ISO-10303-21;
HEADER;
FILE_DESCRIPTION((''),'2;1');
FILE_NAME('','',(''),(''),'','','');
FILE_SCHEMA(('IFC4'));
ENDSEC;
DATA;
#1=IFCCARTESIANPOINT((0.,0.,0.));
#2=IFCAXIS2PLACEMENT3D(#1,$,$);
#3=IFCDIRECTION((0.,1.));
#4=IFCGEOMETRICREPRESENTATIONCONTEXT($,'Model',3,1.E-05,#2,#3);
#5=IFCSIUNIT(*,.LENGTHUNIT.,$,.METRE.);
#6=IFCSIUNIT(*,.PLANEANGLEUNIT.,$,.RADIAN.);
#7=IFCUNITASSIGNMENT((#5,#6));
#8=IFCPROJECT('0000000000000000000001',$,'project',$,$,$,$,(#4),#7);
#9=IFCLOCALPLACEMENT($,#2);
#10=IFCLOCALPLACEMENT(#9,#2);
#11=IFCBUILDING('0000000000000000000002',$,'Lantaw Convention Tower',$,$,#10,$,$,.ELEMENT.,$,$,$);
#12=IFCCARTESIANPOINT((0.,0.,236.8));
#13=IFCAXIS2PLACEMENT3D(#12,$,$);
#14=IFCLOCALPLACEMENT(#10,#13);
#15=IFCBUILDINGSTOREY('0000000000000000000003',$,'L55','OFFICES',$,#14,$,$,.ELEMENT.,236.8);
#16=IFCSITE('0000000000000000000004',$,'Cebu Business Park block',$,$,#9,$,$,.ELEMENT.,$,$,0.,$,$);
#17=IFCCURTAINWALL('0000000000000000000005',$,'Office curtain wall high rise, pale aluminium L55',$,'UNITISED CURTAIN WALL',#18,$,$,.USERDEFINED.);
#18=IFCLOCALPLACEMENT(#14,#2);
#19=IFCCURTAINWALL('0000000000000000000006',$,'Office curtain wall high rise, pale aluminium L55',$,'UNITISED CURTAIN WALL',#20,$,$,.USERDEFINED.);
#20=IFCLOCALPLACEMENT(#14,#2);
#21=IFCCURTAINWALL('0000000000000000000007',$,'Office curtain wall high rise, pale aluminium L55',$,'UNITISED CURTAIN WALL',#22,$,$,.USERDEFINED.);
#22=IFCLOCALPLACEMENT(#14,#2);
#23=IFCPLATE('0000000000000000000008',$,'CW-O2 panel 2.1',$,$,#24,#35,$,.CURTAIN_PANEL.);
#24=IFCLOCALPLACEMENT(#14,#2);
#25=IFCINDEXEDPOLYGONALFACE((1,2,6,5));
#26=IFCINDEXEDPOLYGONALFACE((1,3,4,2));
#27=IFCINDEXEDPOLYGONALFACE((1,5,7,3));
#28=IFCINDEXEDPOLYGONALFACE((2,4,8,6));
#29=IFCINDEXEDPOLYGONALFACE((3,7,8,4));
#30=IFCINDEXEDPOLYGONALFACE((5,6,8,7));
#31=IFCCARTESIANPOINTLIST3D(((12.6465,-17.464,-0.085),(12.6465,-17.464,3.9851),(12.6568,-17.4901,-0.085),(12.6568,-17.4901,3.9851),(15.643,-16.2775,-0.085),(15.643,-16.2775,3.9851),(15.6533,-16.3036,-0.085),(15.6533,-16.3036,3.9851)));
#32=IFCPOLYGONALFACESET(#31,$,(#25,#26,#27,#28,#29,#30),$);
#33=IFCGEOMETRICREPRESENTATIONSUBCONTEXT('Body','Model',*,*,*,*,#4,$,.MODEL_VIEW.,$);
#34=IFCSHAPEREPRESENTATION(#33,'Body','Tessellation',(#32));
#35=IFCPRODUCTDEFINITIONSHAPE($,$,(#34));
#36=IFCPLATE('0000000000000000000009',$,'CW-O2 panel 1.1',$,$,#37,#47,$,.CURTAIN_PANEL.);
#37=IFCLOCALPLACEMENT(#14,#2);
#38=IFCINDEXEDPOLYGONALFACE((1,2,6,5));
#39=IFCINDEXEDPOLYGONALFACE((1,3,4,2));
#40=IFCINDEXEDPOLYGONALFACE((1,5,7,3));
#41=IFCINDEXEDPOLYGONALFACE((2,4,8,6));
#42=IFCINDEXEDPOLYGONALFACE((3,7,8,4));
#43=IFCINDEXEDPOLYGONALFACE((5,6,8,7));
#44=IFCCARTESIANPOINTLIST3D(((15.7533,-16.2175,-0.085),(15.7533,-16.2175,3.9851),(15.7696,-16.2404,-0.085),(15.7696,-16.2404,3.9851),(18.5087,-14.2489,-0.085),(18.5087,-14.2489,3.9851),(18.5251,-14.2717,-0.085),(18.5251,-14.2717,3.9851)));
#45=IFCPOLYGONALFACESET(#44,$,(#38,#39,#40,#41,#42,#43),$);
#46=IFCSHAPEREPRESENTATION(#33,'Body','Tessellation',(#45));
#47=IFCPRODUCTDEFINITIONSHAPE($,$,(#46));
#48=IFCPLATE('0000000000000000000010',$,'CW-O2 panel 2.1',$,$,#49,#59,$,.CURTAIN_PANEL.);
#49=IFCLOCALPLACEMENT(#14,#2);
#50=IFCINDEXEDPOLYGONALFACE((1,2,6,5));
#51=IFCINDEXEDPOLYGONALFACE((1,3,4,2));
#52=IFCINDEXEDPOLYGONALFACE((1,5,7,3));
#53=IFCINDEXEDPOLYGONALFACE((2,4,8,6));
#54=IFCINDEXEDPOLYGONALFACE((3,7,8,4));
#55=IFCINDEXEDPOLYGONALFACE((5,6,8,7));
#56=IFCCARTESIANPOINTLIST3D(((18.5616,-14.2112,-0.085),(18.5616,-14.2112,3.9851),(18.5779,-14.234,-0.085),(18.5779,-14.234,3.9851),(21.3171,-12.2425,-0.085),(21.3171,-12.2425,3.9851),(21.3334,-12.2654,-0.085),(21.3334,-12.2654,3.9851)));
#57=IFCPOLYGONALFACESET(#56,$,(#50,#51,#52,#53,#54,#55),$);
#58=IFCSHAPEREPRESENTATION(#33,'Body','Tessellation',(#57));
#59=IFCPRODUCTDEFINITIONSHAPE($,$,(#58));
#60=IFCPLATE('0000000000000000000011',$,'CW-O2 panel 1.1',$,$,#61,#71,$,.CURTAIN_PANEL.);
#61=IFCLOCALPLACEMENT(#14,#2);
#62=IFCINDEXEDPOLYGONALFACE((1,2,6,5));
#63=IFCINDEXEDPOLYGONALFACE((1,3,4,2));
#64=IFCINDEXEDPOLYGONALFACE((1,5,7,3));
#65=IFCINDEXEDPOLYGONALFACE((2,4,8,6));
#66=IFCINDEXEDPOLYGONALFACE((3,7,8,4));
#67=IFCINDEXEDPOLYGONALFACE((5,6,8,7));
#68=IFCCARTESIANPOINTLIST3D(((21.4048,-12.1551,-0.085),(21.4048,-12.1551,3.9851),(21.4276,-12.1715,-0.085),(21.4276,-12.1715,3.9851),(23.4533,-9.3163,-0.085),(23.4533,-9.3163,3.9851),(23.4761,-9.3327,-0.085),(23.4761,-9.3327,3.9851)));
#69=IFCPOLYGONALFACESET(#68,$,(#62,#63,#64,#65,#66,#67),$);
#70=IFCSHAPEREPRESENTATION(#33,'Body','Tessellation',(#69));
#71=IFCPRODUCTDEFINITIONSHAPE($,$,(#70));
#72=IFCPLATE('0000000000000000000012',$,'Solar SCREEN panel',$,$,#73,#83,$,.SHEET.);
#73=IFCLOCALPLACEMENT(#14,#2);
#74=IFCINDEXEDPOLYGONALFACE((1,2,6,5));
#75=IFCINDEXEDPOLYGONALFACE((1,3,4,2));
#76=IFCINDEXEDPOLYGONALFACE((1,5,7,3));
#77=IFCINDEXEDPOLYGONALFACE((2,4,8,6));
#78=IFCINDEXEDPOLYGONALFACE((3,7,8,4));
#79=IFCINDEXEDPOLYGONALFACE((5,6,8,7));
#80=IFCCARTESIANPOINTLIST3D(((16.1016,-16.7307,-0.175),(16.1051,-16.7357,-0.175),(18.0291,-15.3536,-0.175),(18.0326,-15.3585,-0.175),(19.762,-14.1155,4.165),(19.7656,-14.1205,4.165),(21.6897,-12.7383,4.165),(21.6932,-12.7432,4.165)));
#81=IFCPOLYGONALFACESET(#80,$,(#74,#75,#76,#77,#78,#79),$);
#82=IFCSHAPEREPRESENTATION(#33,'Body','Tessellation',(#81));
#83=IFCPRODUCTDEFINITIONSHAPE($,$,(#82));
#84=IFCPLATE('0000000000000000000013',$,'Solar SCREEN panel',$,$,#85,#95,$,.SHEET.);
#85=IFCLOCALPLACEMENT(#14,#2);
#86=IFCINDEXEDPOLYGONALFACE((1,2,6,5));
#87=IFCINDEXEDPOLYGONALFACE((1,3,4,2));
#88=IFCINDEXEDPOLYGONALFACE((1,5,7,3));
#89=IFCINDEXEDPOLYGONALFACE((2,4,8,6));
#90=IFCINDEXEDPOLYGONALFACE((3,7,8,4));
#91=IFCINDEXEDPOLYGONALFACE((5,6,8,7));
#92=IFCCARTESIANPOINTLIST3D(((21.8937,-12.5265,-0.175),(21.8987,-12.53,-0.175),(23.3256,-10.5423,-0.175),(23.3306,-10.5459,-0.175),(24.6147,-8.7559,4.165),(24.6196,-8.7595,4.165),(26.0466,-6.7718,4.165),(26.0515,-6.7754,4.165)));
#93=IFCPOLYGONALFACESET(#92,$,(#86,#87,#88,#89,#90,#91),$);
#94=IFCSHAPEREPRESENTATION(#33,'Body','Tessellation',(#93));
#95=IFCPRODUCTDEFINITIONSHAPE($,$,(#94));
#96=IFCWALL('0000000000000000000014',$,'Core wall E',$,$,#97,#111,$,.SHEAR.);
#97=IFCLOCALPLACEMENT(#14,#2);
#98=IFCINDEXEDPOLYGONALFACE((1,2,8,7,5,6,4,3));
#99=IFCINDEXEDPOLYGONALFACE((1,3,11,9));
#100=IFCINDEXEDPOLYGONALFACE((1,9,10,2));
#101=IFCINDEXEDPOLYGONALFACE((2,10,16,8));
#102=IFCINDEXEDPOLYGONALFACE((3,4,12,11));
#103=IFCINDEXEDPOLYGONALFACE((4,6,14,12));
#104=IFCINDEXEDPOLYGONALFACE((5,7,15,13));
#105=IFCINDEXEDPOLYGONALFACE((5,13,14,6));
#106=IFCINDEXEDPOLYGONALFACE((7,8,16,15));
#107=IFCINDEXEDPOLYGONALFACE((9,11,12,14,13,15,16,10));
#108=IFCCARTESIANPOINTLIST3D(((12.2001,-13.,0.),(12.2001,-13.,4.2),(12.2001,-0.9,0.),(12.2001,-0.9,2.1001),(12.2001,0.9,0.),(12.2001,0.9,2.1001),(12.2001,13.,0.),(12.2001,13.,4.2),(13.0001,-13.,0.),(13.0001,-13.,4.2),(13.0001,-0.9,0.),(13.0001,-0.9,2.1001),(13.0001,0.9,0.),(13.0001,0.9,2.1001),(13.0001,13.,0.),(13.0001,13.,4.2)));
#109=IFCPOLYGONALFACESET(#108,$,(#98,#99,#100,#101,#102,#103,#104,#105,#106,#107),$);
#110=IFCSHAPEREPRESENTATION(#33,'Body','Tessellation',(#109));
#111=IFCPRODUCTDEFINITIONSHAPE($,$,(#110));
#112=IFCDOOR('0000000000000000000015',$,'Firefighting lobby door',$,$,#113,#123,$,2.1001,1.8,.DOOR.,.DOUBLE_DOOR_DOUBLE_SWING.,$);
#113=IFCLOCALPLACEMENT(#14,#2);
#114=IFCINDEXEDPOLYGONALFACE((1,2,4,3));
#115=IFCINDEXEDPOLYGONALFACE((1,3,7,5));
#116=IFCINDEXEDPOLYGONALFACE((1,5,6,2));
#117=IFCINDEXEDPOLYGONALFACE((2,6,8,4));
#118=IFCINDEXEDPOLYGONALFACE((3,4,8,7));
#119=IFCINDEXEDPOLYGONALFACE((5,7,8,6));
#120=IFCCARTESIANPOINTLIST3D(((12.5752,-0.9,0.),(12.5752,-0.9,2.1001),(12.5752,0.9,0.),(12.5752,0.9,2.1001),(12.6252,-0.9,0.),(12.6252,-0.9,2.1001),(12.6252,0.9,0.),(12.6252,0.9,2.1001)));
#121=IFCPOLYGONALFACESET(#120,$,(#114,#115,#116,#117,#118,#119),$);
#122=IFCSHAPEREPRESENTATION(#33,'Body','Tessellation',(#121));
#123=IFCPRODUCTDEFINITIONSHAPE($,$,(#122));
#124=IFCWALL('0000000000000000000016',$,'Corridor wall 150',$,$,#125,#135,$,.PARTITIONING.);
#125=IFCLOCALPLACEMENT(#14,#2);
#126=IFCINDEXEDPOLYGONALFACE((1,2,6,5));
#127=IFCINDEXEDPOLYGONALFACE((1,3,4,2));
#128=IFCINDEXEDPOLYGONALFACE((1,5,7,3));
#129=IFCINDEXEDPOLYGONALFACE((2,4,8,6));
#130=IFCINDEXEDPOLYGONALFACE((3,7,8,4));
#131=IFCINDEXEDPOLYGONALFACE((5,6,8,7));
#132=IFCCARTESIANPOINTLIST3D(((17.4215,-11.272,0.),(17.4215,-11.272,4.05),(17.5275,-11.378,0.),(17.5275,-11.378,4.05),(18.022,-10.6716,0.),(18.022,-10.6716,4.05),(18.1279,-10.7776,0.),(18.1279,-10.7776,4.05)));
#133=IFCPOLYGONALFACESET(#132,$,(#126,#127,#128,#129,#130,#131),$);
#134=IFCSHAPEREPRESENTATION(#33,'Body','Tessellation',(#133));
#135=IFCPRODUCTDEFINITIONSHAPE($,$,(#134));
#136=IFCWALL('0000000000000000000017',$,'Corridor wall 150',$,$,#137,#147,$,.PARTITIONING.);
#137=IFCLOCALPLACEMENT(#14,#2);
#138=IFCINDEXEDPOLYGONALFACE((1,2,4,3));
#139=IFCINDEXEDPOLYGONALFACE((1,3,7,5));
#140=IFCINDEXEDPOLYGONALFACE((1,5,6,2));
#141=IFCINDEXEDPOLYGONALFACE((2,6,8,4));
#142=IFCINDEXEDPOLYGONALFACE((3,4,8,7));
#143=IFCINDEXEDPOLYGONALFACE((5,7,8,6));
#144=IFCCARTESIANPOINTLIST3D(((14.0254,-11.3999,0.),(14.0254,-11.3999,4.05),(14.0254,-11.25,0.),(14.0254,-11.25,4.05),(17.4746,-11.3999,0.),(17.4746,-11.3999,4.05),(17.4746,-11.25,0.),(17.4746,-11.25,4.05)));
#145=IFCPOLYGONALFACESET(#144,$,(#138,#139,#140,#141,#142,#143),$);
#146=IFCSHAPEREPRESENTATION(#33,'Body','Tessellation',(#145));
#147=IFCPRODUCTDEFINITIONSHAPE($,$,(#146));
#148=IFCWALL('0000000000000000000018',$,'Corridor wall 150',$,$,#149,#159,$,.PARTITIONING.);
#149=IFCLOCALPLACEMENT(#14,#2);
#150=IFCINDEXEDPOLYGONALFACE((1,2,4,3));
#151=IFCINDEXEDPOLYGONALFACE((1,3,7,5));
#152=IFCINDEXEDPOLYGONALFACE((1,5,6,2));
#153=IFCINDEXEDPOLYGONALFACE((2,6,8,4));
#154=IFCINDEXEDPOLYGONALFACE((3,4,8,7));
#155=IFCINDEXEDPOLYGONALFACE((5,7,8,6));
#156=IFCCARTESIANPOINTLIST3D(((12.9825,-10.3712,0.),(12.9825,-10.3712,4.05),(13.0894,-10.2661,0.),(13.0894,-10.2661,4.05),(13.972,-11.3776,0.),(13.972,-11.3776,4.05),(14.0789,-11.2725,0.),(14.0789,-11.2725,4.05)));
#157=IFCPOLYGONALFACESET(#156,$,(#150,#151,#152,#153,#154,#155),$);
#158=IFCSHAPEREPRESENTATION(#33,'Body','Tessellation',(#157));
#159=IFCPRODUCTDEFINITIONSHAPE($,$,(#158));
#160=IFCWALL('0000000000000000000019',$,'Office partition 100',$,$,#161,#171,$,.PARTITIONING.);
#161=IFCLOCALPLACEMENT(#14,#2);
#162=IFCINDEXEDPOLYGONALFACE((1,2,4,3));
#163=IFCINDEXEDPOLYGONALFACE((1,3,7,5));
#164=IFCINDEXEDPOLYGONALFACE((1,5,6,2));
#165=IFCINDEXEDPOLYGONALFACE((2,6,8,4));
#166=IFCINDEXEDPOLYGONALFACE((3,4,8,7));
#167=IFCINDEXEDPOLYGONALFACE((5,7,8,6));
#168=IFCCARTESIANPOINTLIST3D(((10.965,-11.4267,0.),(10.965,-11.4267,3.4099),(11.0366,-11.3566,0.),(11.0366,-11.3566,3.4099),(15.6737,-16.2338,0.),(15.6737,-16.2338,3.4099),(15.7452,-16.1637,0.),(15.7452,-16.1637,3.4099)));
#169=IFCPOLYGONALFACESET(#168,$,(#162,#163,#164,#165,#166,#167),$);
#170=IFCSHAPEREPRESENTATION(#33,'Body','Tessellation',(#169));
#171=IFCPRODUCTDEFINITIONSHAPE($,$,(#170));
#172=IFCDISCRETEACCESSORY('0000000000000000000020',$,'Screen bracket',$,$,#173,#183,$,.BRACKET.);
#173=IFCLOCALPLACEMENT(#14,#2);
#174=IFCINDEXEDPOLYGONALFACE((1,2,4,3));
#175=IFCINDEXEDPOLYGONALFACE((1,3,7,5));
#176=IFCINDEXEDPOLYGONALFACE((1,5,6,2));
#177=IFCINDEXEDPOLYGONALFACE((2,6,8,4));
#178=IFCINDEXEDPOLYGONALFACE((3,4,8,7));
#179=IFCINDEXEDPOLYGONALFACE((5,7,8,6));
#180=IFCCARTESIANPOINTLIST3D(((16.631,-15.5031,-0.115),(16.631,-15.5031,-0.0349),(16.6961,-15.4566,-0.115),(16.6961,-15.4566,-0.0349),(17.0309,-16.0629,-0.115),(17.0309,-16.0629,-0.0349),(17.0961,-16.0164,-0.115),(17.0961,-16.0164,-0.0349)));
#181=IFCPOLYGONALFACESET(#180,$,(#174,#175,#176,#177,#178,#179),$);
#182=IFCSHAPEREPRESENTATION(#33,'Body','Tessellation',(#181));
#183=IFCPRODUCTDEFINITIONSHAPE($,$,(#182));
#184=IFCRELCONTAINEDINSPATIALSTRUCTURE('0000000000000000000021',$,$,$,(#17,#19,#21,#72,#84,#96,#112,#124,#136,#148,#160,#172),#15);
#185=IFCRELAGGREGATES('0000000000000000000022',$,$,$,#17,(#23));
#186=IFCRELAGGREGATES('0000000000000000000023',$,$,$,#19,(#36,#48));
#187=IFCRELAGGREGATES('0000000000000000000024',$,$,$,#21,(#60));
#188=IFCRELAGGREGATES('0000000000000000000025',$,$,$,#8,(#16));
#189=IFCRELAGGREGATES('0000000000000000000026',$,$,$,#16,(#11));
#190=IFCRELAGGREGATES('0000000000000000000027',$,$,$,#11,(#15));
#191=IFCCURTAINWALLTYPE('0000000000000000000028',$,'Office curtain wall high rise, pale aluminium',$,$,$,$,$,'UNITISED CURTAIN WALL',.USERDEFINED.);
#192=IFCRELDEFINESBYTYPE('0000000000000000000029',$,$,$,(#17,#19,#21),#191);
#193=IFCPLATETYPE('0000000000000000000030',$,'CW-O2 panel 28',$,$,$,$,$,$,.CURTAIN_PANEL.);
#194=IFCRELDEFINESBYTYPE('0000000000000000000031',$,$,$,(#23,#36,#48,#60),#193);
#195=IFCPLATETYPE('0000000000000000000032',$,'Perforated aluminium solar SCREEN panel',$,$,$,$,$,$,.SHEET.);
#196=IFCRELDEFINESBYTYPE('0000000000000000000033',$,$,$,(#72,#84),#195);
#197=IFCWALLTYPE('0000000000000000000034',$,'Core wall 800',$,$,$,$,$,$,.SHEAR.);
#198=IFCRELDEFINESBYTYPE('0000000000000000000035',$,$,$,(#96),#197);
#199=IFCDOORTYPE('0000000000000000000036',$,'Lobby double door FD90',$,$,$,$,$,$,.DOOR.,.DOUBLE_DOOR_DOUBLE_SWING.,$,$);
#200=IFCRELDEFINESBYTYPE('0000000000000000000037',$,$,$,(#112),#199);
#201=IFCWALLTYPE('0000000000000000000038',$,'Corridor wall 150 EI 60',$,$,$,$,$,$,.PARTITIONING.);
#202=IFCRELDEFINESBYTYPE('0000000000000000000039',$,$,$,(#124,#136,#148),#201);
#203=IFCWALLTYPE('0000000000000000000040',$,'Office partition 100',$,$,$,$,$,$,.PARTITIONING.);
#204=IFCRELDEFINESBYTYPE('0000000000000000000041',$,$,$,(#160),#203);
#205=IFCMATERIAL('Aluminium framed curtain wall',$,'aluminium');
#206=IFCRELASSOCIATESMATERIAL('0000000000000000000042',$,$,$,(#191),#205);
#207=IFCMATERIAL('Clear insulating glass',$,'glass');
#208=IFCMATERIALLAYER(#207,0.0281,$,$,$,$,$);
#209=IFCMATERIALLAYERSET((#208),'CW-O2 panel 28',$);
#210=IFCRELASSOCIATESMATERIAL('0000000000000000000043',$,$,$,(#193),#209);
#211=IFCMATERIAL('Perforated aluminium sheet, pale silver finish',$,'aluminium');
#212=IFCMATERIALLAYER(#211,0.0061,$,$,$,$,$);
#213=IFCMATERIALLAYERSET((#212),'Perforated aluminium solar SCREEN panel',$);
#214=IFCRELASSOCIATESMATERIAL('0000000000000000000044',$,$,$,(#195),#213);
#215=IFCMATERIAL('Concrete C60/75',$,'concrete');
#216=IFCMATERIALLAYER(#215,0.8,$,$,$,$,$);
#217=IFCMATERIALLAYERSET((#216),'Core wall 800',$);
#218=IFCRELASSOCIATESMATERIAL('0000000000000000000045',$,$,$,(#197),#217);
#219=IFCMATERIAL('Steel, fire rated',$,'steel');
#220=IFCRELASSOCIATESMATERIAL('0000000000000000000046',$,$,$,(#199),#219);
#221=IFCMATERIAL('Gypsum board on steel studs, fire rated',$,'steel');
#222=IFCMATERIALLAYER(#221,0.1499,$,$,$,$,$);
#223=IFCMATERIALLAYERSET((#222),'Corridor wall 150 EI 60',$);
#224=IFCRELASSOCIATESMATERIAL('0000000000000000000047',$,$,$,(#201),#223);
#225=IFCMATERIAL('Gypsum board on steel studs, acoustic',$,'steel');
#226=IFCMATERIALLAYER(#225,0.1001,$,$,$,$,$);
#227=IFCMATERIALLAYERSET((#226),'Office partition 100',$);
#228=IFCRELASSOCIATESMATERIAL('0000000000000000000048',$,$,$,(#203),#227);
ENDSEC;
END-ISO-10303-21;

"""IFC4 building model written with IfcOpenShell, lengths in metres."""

from ifc_helpers import new_model, si_unit, direction, frame, frame_2d, origin, origin_2d, place, context, subcontext, project, spatial, polyline, rectangle, outline, extrude, material, layer, layer_set, type_object, element, fill, aggregate, save


model = new_model("IFC4")

# Units and contexts
model_context = context("Model", 3, precision=1e-05, world=origin(), true_north=direction((0.0, 1.0)))
body_context = subcontext(model_context, "Body", "Model", "MODEL_VIEW")
ifc_project = project(units=[si_unit("LENGTHUNIT", "METRE"), si_unit("PLANEANGLEUNIT", "RADIAN")], contexts=[model_context])

# Site, building, storey
site_placement = place(None, origin())
site = spatial("IfcSite", under=ifc_project, at=site_placement, Name="Cebu Business Park block", CompositionType="ELEMENT", RefElevation=0.0)
building_placement = place(site_placement, origin())
building = spatial("IfcBuilding", under=site, at=building_placement, Name="Lantaw Convention Tower", CompositionType="ELEMENT")
storey_placement = place(building_placement, frame((0.0, 0.0, 236.8)))
storey = spatial("IfcBuildingStorey", under=building, at=storey_placement, Name="L55", Description="OFFICES", CompositionType="ELEMENT", Elevation=236.8)

# Shared definitions
ifc_material_1 = material(Name="Concrete C60/75", Category="concrete")

# Curtain walls
ifc_material_2 = material(Name="Aluminium framed curtain wall", Category="aluminium")
curtain_wall_type = type_object("IfcCurtainWallType", Name="Office curtain wall high rise, pale aluminium", ElementType="UNITISED CURTAIN WALL", PredefinedType="USERDEFINED", material=ifc_material_2)
curtain_wall_1_placement = place(storey_placement, origin())
curtain_wall_1 = element("IfcCurtainWall", 1, at=curtain_wall_1_placement, inside=storey, type_object=curtain_wall_type, Name="Office curtain wall high rise, pale aluminium L55", ObjectType="UNITISED CURTAIN WALL", PredefinedType="USERDEFINED")
curtain_wall_2_placement = place(storey_placement, origin())
curtain_wall_2 = element("IfcCurtainWall", 2, at=curtain_wall_2_placement, inside=storey, type_object=curtain_wall_type, Name="Office curtain wall high rise, pale aluminium L55", ObjectType="UNITISED CURTAIN WALL", PredefinedType="USERDEFINED")
curtain_wall_3_placement = place(storey_placement, origin())
curtain_wall_3 = element("IfcCurtainWall", 3, at=curtain_wall_3_placement, inside=storey, type_object=curtain_wall_type, Name="Office curtain wall high rise, pale aluminium L55", ObjectType="UNITISED CURTAIN WALL", PredefinedType="USERDEFINED")

# Plates
ifc_material_3 = material(Name="Clear insulating glass", Category="glass")
ifc_layer_1 = layer(ifc_material_3, 0.0281)
ifc_layer_set_1 = layer_set([ifc_layer_1], Name="CW-O2 panel 28")
plate_type_1 = type_object("IfcPlateType", Name="CW-O2 panel 28", PredefinedType="CURTAIN_PANEL", material=ifc_layer_set_1)
plate_1_placement = place(storey_placement, frame((14.1499, -16.8838, -0.085), z_axis=(0.0, 0.0, 1.0), x_axis=(0.929762, 0.368162, 0.0)))
plate_1 = element("IfcPlate", 4, at=plate_1_placement, type_object=plate_type_1, Name="CW-O2 panel 2.1", PredefinedType="CURTAIN_PANEL", context=body_context, shape_type="SweptSolid", body=[
    extrude(rectangle(XDim=3.2229, YDim=0.0281, at=origin_2d()), origin(), (0.0, 0.0, 1.0), 4.0701),
])
aggregate(curtain_wall_1, [plate_1])
plate_2_placement = place(storey_placement, frame((17.1392, -15.2446, -0.085), z_axis=(0.0, 0.0, 1.0), x_axis=(0.813673, 0.581323, 0.0)))
plate_2 = element("IfcPlate", 5, at=plate_2_placement, type_object=plate_type_1, Name="CW-O2 panel 1.1", PredefinedType="CURTAIN_PANEL", context=body_context, shape_type="SweptSolid", body=[
    extrude(rectangle(XDim=3.3865, YDim=0.0281, at=origin_2d()), origin(), (0.0, 0.0, 1.0), 4.0701),
])
plate_3_placement = place(storey_placement, frame((19.9475, -13.2383, -0.085), z_axis=(0.0, 0.0, 1.0), x_axis=(0.813673, 0.581323, 0.0)))
plate_3 = element("IfcPlate", 6, at=plate_3_placement, type_object=plate_type_1, Name="CW-O2 panel 2.1", PredefinedType="CURTAIN_PANEL", context=body_context, shape_type="SweptSolid", body=[
    extrude(rectangle(XDim=3.3865, YDim=0.0281, at=origin_2d()), origin(), (0.0, 0.0, 1.0), 4.0701),
])
aggregate(curtain_wall_2, [plate_2, plate_3])
plate_4_placement = place(storey_placement, frame((22.4404, -10.7439, -0.085), z_axis=(0.0, 0.0, 1.0), x_axis=(0.585158, 0.81092, 0.0)))
plate_4 = element("IfcPlate", 7, at=plate_4_placement, type_object=plate_type_1, Name="CW-O2 panel 1.1", PredefinedType="CURTAIN_PANEL", context=body_context, shape_type="SweptSolid", body=[
    extrude(rectangle(XDim=3.5007, YDim=0.0281, at=origin_2d()), origin(), (0.0, 0.0, 1.0), 4.0701),
])
aggregate(curtain_wall_3, [plate_4])

# Plates
ifc_material_4 = material(Name="Perforated aluminium sheet, pale silver finish", Category="aluminium")
ifc_layer_2 = layer(ifc_material_4, 0.0061)
ifc_layer_set_2 = layer_set([ifc_layer_2], Name="Perforated aluminium solar SCREEN panel")
plate_type_2 = type_object("IfcPlateType", Name="Perforated aluminium solar SCREEN panel", PredefinedType="SHEET", material=ifc_layer_set_2)
plate_5_placement = place(storey_placement, frame((16.1016, -16.7307, -0.175), z_axis=(-0.581331, 0.813667, 0.00001), x_axis=(0.813667, 0.581331, 0.0)))
element("IfcPlate", 8, at=plate_5_placement, inside=storey, type_object=plate_type_2, Name="Solar SCREEN panel", PredefinedType="SHEET", context=body_context, shape_type="SweptSolid", body=[
    extrude(outline(polyline([(0.0, 0.0), (2.3689, 0.0), (6.8678, -4.3401), (4.4987, -4.3401), (0.0, 0.0)])), origin(), (0.0, 0.0, -1.0), 0.0061),
])
plate_6_placement = place(storey_placement, frame((21.8987, -12.53, -0.175), z_axis=(0.810892, -0.585195, 0.00002), x_axis=(0.585195, 0.810892, 0.0)))
element("IfcPlate", 9, at=plate_6_placement, inside=storey, type_object=plate_type_2, Name="Solar SCREEN panel", PredefinedType="SHEET", context=body_context, shape_type="SweptSolid", body=[
    extrude(outline(polyline([(0.0, 0.0), (2.4468, 0.0), (7.0966, 4.3401), (4.6498, 4.3401), (0.0, 0.0)])), origin(), (0.0, 0.0, -1.0), 0.0061),
])

# Wall, opening, door
ifc_layer_3 = layer(ifc_material_1, 0.8)
ifc_layer_set_3 = layer_set([ifc_layer_3], Name="Core wall 800")
wall_type_1 = type_object("IfcWallType", Name="Core wall 800", PredefinedType="SHEAR", material=ifc_layer_set_3)
wall_1_placement = place(storey_placement, frame((12.6001, -13.0, 0.0), z_axis=(0.0, 0.0, 1.0), x_axis=(0.0, 1.0, 0.0)))
wall_1 = element("IfcWall", 10, at=wall_1_placement, inside=storey, type_object=wall_type_1, Name="Core wall E", PredefinedType="SHEAR", context=body_context, shape_type="SweptSolid", body=[
    extrude(rectangle(XDim=26.0, YDim=0.8, at=frame_2d((13.0, 0.0))), origin(), (0.0, 0.0, 1.0), 4.2),
])
opening_placement = place(wall_1_placement, frame((12.1001, 0.0, 0.0)))
opening = element("IfcOpeningElement", 11, at=opening_placement, cuts=wall_1, PredefinedType="OPENING", context=body_context, shape_type="SweptSolid", body=[
    extrude(rectangle(XDim=1.8, YDim=2.1001, at=frame_2d((0.8999, 1.05))), frame((0.0, 0.4099, 0.0), z_axis=(0.0, -1.0, 0.0), x_axis=(1.0, 0.0, 0.0)), (0.0, 0.0, 1.0), 0.8201),
])
ifc_material_5 = material(Name="Steel, fire rated", Category="steel")
door_type = type_object("IfcDoorType", Name="Lobby double door FD90", OperationType="DOUBLE_DOOR_DOUBLE_SWING", PredefinedType="DOOR", material=ifc_material_5)
door_placement = place(opening_placement, origin())
door = element("IfcDoor", 12, at=door_placement, inside=storey, type_object=door_type, Name="Firefighting lobby door", OperationType="DOUBLE_DOOR_DOUBLE_SWING", OverallHeight=2.1001, OverallWidth=1.8, PredefinedType="DOOR", context=body_context, shape_type="SweptSolid", body=[
    extrude(rectangle(XDim=1.8, YDim=2.1001, at=frame_2d((0.8999, 1.05))), frame((0.0, 0.0249, 0.0), z_axis=(0.0, -1.0, 0.0), x_axis=(1.0, 0.0, 0.0)), (0.0, 0.0, 1.0), 0.05),
])
fill(opening, door)

# Walls
ifc_material_6 = material(Name="Gypsum board on steel studs, fire rated", Category="steel")
ifc_layer_4 = layer(ifc_material_6, 0.1499)
ifc_layer_set_4 = layer_set([ifc_layer_4], Name="Corridor wall 150 EI 60")
wall_type_2 = type_object("IfcWallType", Name="Corridor wall 150 EI 60", PredefinedType="PARTITIONING", material=ifc_layer_set_4)
wall_2_placement = place(storey_placement, frame((18.075, -10.7246, 0.0), z_axis=(0.0, 0.0, 1.0), x_axis=(-0.707107, -0.707107, 0.0)))
element("IfcWall", 13, at=wall_2_placement, inside=storey, type_object=wall_type_2, Name="Corridor wall 150", PredefinedType="PARTITIONING", context=body_context, shape_type="SweptSolid", body=[
    extrude(rectangle(XDim=0.8491, YDim=0.1499, at=frame_2d((0.4246, 0.0))), origin(), (0.0, 0.0, 1.0), 4.05),
])
wall_3_placement = place(storey_placement, frame((17.4746, -11.325, 0.0), z_axis=(0.0, 0.0, 1.0), x_axis=(-1.0, 0.0, 0.0)))
element("IfcWall", 14, at=wall_3_placement, inside=storey, type_object=wall_type_2, Name="Corridor wall 150", PredefinedType="PARTITIONING", context=body_context, shape_type="SweptSolid", body=[
    extrude(rectangle(XDim=3.4492, YDim=0.1499, at=frame_2d((1.7246, 0.0))), origin(), (0.0, 0.0, 1.0), 4.05),
])
wall_4_placement = place(storey_placement, frame((14.0254, -11.325, 0.0), z_axis=(0.0, 0.0, 1.0), x_axis=(-0.701114, 0.71305, 0.0)))
element("IfcWall", 15, at=wall_4_placement, inside=storey, type_object=wall_type_2, Name="Corridor wall 150", PredefinedType="PARTITIONING", context=body_context, shape_type="SweptSolid", body=[
    extrude(rectangle(XDim=1.4114, YDim=0.1499, at=frame_2d((0.7056, 0.0))), origin(), (0.0, 0.0, 1.0), 4.05),
])
ifc_material_7 = material(Name="Gypsum board on steel studs, acoustic", Category="steel")
ifc_layer_5 = layer(ifc_material_7, 0.1001)
ifc_layer_set_5 = layer_set([ifc_layer_5], Name="Office partition 100")
wall_type_3 = type_object("IfcWallType", Name="Office partition 100", PredefinedType="PARTITIONING", material=ifc_layer_set_5)
wall_5_placement = place(storey_placement, frame((15.7095, -16.1987, 0.0), z_axis=(0.0, 0.0, 1.0), x_axis=(-0.699758, 0.71438, 0.0)))
element("IfcWall", 16, at=wall_5_placement, inside=storey, type_object=wall_type_3, Name="Office partition 100", PredefinedType="PARTITIONING", context=body_context, shape_type="SweptSolid", body=[
    extrude(rectangle(XDim=6.729, YDim=0.1001, at=frame_2d((3.3645, 0.0))), origin(), (0.0, 0.0, 1.0), 3.4099),
])

# Discrete accessory
for number, where, z_axis, x_axis, name in (
    (17, (16.8635, -15.7598, -0.115), (0.0, 0.0, 1.0), (0.813673, 0.581323, 0.0), "Screen bracket"),
):
    element("IfcDiscreteAccessory", number, at=place(storey_placement, frame(where, z_axis=z_axis, x_axis=x_axis)), inside=storey, Name=name, PredefinedType="BRACKET", context=body_context, shape_type="SweptSolid", body=[
        extrude(rectangle(XDim=0.0801, YDim=0.688, at=origin_2d()), origin(), (0.0, 0.0, 1.0), 0.0801),
    ])

save(model, "model.ifc")
